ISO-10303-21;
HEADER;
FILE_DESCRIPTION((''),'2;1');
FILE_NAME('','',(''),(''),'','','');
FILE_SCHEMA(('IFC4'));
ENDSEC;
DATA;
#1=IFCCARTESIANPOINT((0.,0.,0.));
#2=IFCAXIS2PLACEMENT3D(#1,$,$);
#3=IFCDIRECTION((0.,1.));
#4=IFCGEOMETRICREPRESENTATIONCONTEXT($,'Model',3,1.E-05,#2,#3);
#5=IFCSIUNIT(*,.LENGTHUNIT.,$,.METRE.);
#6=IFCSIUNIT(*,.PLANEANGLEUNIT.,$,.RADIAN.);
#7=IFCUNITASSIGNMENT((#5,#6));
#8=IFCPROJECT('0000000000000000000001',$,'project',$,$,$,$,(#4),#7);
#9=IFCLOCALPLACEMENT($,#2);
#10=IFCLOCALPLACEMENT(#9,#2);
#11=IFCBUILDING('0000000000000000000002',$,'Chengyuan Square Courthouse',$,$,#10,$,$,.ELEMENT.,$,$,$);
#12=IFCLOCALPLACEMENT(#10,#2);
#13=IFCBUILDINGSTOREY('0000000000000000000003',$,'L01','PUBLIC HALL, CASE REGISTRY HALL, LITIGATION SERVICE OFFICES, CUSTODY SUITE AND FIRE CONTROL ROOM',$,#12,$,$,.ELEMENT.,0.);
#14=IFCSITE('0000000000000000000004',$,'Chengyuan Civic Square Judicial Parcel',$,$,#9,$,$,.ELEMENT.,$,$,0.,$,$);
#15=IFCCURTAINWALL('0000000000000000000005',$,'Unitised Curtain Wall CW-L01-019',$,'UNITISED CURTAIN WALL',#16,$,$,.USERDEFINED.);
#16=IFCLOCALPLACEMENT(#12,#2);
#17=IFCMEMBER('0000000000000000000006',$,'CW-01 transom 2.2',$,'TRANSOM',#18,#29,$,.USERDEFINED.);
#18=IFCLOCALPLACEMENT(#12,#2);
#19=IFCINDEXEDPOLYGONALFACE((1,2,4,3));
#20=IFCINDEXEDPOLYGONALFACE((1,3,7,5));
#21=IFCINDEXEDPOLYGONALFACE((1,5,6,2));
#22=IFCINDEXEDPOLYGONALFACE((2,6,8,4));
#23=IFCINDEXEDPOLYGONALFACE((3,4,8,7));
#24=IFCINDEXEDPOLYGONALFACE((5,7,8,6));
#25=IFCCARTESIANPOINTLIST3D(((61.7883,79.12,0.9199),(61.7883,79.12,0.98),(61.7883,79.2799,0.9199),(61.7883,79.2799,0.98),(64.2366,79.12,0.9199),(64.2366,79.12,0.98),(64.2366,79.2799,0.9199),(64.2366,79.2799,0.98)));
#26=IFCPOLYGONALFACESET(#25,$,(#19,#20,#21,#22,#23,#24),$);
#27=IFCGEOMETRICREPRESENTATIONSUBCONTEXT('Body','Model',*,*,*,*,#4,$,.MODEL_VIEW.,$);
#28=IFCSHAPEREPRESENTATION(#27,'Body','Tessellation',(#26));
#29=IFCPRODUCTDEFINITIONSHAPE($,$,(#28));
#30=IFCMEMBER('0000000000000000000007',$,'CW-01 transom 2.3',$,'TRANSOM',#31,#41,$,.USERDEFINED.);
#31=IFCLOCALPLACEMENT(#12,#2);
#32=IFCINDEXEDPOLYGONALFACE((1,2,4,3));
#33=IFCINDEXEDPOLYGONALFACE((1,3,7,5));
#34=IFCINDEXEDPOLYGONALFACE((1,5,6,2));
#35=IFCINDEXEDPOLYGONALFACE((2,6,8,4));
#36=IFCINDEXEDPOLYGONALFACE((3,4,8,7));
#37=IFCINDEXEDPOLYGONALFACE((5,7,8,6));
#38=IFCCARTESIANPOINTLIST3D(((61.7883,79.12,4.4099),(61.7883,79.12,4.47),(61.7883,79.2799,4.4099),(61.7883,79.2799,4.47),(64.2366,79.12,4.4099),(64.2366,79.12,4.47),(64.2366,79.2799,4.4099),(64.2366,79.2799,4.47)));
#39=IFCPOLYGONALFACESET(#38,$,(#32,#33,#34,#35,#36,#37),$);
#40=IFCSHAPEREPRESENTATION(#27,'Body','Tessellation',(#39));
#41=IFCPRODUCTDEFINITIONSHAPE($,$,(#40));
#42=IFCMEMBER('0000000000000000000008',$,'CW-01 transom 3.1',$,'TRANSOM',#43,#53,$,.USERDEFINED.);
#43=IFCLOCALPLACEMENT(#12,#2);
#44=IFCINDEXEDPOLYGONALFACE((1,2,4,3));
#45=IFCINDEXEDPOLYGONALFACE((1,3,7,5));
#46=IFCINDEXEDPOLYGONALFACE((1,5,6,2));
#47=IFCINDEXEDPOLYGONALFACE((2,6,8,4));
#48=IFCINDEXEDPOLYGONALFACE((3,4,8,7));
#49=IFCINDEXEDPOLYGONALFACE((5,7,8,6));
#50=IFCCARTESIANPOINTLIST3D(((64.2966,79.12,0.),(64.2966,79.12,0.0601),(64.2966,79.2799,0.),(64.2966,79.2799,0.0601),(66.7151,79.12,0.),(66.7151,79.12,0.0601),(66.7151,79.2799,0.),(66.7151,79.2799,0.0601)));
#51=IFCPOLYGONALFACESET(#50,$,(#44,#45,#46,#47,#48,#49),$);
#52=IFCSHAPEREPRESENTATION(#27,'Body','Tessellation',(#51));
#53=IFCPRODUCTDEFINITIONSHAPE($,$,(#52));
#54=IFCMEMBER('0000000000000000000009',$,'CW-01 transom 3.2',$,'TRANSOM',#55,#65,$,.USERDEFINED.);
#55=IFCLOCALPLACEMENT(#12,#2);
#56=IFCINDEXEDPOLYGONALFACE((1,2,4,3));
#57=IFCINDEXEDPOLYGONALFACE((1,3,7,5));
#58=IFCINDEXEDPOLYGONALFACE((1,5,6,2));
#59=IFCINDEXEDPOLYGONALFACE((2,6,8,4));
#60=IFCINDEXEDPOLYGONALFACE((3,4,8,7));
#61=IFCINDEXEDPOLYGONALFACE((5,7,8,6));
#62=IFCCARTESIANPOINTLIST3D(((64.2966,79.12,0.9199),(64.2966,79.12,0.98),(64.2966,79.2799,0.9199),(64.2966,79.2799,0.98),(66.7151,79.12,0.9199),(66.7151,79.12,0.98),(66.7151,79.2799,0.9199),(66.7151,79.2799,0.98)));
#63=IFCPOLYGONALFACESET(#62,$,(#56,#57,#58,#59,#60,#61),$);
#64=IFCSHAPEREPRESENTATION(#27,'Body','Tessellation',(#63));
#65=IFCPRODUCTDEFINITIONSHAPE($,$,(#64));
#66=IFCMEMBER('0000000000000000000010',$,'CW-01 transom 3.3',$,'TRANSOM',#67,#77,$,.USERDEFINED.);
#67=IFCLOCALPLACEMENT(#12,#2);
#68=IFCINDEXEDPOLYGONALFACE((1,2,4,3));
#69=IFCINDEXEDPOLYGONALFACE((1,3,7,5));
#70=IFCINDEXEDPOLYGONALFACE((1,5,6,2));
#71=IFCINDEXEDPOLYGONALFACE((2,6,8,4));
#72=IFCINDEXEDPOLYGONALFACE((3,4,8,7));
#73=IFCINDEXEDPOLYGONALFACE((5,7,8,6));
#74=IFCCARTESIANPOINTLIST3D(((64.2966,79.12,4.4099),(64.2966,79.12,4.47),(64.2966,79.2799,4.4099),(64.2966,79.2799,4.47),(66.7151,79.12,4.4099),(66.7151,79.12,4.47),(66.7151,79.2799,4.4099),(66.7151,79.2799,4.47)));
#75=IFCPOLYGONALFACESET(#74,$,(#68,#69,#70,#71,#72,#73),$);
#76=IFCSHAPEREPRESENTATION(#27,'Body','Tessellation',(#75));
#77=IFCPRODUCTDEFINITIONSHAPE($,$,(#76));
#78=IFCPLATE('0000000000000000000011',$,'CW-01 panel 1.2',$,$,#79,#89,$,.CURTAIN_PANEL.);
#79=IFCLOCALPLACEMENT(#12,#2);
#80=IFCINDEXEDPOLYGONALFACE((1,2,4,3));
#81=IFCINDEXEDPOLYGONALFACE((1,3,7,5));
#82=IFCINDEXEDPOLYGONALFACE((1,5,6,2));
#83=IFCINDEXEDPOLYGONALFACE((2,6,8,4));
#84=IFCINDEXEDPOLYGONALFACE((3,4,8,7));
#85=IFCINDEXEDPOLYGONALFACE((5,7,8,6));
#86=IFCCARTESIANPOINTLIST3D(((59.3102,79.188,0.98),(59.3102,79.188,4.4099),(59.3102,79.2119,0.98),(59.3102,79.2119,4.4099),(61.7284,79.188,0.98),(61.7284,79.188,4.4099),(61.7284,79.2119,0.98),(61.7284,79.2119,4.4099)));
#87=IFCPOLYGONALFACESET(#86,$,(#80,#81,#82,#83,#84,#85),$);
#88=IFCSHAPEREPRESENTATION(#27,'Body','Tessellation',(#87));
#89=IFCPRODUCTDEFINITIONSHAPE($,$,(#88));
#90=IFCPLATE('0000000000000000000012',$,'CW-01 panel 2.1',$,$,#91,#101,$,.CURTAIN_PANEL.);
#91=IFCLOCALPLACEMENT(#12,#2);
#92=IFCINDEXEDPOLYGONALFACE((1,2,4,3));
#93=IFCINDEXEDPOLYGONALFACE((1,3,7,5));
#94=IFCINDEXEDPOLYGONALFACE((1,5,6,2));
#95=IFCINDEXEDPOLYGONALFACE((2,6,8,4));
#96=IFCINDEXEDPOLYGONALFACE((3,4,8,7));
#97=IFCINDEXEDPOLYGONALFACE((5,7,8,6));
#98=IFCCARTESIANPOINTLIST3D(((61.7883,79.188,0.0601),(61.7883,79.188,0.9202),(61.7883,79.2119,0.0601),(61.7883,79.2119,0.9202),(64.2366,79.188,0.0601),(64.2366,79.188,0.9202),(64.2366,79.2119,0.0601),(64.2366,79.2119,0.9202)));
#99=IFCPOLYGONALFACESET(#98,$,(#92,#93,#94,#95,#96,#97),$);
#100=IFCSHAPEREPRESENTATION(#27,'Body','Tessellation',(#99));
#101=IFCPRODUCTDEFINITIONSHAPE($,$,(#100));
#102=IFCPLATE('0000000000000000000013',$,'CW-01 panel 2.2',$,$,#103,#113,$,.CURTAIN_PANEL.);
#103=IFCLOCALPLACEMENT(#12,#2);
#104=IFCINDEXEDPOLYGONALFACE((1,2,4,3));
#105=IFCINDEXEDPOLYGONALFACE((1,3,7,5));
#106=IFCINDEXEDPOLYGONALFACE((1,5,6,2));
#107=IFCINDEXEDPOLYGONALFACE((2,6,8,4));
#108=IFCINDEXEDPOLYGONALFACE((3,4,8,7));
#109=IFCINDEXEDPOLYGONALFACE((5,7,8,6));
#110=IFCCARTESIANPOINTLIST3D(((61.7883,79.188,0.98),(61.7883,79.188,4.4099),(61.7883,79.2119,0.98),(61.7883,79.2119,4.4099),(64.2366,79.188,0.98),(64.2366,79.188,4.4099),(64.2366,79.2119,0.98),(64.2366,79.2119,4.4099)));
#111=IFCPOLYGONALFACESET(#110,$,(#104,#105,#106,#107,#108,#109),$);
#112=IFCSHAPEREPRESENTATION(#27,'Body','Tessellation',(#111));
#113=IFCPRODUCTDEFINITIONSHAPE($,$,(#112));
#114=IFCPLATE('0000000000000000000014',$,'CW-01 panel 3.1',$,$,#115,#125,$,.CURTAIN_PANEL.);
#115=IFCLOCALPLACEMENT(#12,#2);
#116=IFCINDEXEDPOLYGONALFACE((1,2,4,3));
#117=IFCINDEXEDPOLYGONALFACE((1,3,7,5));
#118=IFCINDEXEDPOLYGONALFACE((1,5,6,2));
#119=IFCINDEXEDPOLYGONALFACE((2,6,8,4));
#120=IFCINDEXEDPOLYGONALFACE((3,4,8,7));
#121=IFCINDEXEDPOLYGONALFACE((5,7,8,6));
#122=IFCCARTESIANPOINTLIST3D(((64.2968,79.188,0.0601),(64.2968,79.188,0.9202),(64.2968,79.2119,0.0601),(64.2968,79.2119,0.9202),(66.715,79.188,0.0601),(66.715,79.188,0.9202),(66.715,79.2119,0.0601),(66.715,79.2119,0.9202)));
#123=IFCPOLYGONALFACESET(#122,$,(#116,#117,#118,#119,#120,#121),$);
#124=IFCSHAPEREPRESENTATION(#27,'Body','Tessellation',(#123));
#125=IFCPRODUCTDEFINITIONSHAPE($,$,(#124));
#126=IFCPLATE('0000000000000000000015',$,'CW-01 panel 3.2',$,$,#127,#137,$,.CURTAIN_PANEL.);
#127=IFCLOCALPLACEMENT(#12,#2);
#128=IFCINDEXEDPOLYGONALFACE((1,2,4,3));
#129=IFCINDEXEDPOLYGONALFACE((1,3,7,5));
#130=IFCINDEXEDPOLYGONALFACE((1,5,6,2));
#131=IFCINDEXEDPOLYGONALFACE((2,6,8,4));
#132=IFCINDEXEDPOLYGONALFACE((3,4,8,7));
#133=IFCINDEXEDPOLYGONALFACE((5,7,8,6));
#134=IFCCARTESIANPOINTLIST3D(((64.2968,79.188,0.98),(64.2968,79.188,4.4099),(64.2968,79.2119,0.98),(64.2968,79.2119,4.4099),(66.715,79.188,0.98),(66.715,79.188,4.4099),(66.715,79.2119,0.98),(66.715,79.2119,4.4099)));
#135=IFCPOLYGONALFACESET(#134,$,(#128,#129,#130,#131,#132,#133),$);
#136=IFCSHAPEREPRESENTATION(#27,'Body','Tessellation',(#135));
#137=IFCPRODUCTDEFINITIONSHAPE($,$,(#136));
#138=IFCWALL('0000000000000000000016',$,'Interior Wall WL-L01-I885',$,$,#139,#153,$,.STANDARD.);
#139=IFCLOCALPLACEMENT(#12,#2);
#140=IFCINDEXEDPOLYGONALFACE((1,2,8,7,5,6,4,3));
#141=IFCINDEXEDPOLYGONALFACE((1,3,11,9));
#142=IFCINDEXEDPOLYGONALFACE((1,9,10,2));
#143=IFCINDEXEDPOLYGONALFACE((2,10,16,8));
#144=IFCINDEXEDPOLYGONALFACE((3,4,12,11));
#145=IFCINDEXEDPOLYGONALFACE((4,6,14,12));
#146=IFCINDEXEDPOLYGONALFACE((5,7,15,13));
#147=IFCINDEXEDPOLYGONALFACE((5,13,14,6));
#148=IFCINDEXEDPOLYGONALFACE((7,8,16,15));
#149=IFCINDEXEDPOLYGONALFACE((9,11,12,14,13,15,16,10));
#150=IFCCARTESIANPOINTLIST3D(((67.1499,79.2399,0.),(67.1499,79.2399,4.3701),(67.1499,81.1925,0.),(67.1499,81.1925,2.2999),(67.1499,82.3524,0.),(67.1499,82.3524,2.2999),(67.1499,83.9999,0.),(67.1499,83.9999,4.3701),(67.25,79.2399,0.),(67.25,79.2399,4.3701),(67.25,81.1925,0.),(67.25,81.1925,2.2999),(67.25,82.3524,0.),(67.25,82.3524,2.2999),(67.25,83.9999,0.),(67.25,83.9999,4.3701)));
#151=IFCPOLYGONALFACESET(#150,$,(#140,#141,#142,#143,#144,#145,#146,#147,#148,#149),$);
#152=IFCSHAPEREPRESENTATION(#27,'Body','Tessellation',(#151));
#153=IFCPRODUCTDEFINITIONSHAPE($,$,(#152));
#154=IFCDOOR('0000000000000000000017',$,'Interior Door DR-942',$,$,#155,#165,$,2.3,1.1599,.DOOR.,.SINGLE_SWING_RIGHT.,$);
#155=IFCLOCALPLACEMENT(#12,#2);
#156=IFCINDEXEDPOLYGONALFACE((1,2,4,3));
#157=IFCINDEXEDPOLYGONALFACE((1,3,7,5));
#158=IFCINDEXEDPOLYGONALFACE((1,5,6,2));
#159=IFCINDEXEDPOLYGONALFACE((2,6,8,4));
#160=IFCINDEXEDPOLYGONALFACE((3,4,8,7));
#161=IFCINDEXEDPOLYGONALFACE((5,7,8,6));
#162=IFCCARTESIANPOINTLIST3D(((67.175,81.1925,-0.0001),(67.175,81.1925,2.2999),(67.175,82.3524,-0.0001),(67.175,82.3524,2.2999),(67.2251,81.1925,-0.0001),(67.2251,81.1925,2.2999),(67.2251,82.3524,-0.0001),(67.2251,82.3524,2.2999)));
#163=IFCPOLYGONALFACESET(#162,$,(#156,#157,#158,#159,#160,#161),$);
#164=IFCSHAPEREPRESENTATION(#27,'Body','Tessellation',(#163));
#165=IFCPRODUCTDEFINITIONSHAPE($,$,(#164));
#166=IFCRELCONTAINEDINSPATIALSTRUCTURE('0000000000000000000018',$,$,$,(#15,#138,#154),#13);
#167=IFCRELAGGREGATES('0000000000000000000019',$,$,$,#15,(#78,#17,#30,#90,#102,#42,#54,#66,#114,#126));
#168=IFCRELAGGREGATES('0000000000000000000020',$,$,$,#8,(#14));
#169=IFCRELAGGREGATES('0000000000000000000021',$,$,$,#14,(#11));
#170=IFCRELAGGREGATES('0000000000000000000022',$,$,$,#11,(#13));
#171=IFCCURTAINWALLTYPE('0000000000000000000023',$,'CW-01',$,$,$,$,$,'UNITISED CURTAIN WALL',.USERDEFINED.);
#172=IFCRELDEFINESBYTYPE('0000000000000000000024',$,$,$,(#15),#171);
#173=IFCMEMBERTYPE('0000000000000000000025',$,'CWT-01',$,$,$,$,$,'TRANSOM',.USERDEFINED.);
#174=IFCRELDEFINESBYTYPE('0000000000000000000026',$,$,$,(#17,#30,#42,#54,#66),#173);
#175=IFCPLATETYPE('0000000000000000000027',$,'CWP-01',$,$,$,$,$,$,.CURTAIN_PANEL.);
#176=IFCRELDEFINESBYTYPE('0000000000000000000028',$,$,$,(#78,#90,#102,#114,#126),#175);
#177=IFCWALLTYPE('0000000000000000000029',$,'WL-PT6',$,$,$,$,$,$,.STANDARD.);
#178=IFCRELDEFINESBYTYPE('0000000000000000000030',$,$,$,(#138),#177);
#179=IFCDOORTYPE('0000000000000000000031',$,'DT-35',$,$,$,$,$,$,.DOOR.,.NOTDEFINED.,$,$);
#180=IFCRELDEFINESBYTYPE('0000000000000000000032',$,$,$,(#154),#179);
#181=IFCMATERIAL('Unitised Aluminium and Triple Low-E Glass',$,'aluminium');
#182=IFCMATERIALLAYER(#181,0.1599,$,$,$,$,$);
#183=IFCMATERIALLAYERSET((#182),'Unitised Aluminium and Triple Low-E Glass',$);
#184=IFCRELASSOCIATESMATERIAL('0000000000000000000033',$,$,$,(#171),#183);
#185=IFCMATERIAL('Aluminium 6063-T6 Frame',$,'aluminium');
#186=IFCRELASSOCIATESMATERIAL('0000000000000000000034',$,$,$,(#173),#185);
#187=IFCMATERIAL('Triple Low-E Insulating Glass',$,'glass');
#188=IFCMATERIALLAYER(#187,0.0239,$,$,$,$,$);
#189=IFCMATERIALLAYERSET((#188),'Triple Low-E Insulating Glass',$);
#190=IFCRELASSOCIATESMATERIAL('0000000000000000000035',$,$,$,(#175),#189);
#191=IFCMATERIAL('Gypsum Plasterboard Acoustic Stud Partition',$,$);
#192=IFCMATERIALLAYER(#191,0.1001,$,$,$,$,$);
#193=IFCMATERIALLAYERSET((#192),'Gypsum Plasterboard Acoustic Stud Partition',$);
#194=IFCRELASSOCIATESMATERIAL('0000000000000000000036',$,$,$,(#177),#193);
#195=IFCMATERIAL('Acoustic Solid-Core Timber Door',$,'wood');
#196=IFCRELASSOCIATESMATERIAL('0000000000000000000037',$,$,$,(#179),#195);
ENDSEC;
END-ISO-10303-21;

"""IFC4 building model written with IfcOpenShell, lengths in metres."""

from ifc_helpers import new_model, si_unit, direction, frame, frame_2d, origin, origin_2d, place, context, subcontext, project, spatial, rectangle, extrude, material, layer, layer_set, material_profile, profile_set, type_object, element, fill, aggregate, save


model = new_model("IFC4")

# Units and contexts
model_context = context("Model", 3, precision=1e-05, world=origin(), true_north=direction((0.0, 1.0)))
body_context = subcontext(model_context, "Body", "Model", "MODEL_VIEW")
ifc_project = project(units=[si_unit("LENGTHUNIT", "METRE"), si_unit("PLANEANGLEUNIT", "RADIAN")], contexts=[model_context])

# Site, building, storey
site_placement = place(None, origin())
site = spatial("IfcSite", under=ifc_project, at=site_placement, Name="Chengyuan Civic Square Judicial Parcel", CompositionType="ELEMENT", RefElevation=0.0)
building_placement = place(site_placement, origin())
building = spatial("IfcBuilding", under=site, at=building_placement, Name="Chengyuan Square Courthouse", CompositionType="ELEMENT")
storey_placement = place(building_placement, origin())
storey = spatial("IfcBuildingStorey", under=building, at=storey_placement, Name="L01", Description="PUBLIC HALL, CASE REGISTRY HALL, LITIGATION SERVICE OFFICES, CUSTODY SUITE AND FIRE CONTROL ROOM", CompositionType="ELEMENT", Elevation=0.0)

# Curtain wall, members, plates
ifc_material_1 = material(Name="Unitised Aluminium and Triple Low-E Glass", Category="aluminium")
ifc_layer_1 = layer(ifc_material_1, 0.1599)
ifc_layer_set_1 = layer_set([ifc_layer_1], Name="Unitised Aluminium and Triple Low-E Glass")
curtain_wall_type = type_object("IfcCurtainWallType", Name="CW-01", ElementType="UNITISED CURTAIN WALL", PredefinedType="USERDEFINED", material=ifc_layer_set_1)
curtain_wall_placement = place(storey_placement, origin())
curtain_wall = element("IfcCurtainWall", 1, at=curtain_wall_placement, inside=storey, type_object=curtain_wall_type, Name="Unitised Curtain Wall CW-L01-019", ObjectType="UNITISED CURTAIN WALL", PredefinedType="USERDEFINED")
ifc_material_2 = material(Name="Aluminium 6063-T6 Frame", Category="aluminium")
ifc_material_profile_1 = material_profile(ifc_material_2, rectangle(XDim=0.1599, YDim=0.0601, at=origin_2d()), Name="CW-TRN-60x120")
ifc_profile_set_1 = profile_set([ifc_material_profile_1], Name="Aluminium 6063-T6 Frame")
member_type_1 = type_object("IfcMemberType", Name="CWT-01", ElementType="TRANSOM", PredefinedType="USERDEFINED", material=ifc_profile_set_1)
member_1_placement = place(storey_placement, frame((61.7883, 79.2, 0.95), z_axis=(1.0, 0.0, 0.0), x_axis=(0.0, 1.0, 0.0)))
member_1 = element("IfcMember", 2, at=member_1_placement, type_object=member_type_1, Name="CW-01 transom 2.2", ObjectType="TRANSOM", PredefinedType="USERDEFINED", context=body_context, shape_type="SweptSolid", body=[
    extrude(rectangle(XDim=0.1599, YDim=0.0601, at=origin_2d()), origin(), (0.0, 0.0, 1.0), 2.4482),
])
member_2_placement = place(storey_placement, frame((61.7883, 79.2, 4.4399), z_axis=(1.0, 0.0, 0.0), x_axis=(0.0, 1.0, 0.0)))
member_2 = element("IfcMember", 3, at=member_2_placement, type_object=member_type_1, Name="CW-01 transom 2.3", ObjectType="TRANSOM", PredefinedType="USERDEFINED", context=body_context, shape_type="SweptSolid", body=[
    extrude(rectangle(XDim=0.1599, YDim=0.0601, at=origin_2d()), origin(), (0.0, 0.0, 1.0), 2.4482),
])
member_3_placement = place(storey_placement, frame((64.2966, 79.2, 0.03), z_axis=(1.0, 0.0, 0.0), x_axis=(0.0, 1.0, 0.0)))
member_3 = element("IfcMember", 4, at=member_3_placement, type_object=member_type_1, Name="CW-01 transom 3.1", ObjectType="TRANSOM", PredefinedType="USERDEFINED", context=body_context, shape_type="SweptSolid", body=[
    extrude(rectangle(XDim=0.1599, YDim=0.0601, at=origin_2d()), origin(), (0.0, 0.0, 1.0), 2.4185),
])
member_4_placement = place(storey_placement, frame((64.2966, 79.2, 0.95), z_axis=(1.0, 0.0, 0.0), x_axis=(0.0, 1.0, 0.0)))
member_4 = element("IfcMember", 5, at=member_4_placement, type_object=member_type_1, Name="CW-01 transom 3.2", ObjectType="TRANSOM", PredefinedType="USERDEFINED", context=body_context, shape_type="SweptSolid", body=[
    extrude(rectangle(XDim=0.1599, YDim=0.0601, at=origin_2d()), origin(), (0.0, 0.0, 1.0), 2.4185),
])
member_5_placement = place(storey_placement, frame((64.2966, 79.2, 4.4399), z_axis=(1.0, 0.0, 0.0), x_axis=(0.0, 1.0, 0.0)))
member_5 = element("IfcMember", 6, at=member_5_placement, type_object=member_type_1, Name="CW-01 transom 3.3", ObjectType="TRANSOM", PredefinedType="USERDEFINED", context=body_context, shape_type="SweptSolid", body=[
    extrude(rectangle(XDim=0.1599, YDim=0.0601, at=origin_2d()), origin(), (0.0, 0.0, 1.0), 2.4185),
])
ifc_material_3 = material(Name="Triple Low-E Insulating Glass", Category="glass")
ifc_layer_2 = layer(ifc_material_3, 0.0239)
ifc_layer_set_2 = layer_set([ifc_layer_2], Name="Triple Low-E Insulating Glass")
plate_type = type_object("IfcPlateType", Name="CWP-01", PredefinedType="CURTAIN_PANEL", material=ifc_layer_set_2)
plate_1_placement = place(storey_placement, frame((60.5193, 79.2, 0.98), z_axis=(0.0, 0.0, 1.0), x_axis=(1.0, 0.0, 0.0)))
plate_1 = element("IfcPlate", 7, at=plate_1_placement, type_object=plate_type, Name="CW-01 panel 1.2", PredefinedType="CURTAIN_PANEL", context=body_context, shape_type="SweptSolid", body=[
    extrude(rectangle(XDim=2.4182, YDim=0.0239, at=origin_2d()), origin(), (0.0, 0.0, 1.0), 3.4299),
])
plate_2_placement = place(storey_placement, frame((63.0125, 79.2, 0.0601), z_axis=(0.0, 0.0, 1.0), x_axis=(1.0, 0.0, 0.0)))
plate_2 = element("IfcPlate", 8, at=plate_2_placement, type_object=plate_type, Name="CW-01 panel 2.1", PredefinedType="CURTAIN_PANEL", context=body_context, shape_type="SweptSolid", body=[
    extrude(rectangle(XDim=2.4482, YDim=0.0239, at=origin_2d()), origin(), (0.0, 0.0, 1.0), 0.8601),
])
plate_3_placement = place(storey_placement, frame((63.0125, 79.2, 0.98), z_axis=(0.0, 0.0, 1.0), x_axis=(1.0, 0.0, 0.0)))
plate_3 = element("IfcPlate", 9, at=plate_3_placement, type_object=plate_type, Name="CW-01 panel 2.2", PredefinedType="CURTAIN_PANEL", context=body_context, shape_type="SweptSolid", body=[
    extrude(rectangle(XDim=2.4482, YDim=0.0239, at=origin_2d()), origin(), (0.0, 0.0, 1.0), 3.4299),
])
plate_4_placement = place(storey_placement, frame((65.5059, 79.2, 0.0601), z_axis=(0.0, 0.0, 1.0), x_axis=(1.0, 0.0, 0.0)))
plate_4 = element("IfcPlate", 10, at=plate_4_placement, type_object=plate_type, Name="CW-01 panel 3.1", PredefinedType="CURTAIN_PANEL", context=body_context, shape_type="SweptSolid", body=[
    extrude(rectangle(XDim=2.4182, YDim=0.0239, at=origin_2d()), origin(), (0.0, 0.0, 1.0), 0.8601),
])
plate_5_placement = place(storey_placement, frame((65.5059, 79.2, 0.98), z_axis=(0.0, 0.0, 1.0), x_axis=(1.0, 0.0, 0.0)))
plate_5 = element("IfcPlate", 11, at=plate_5_placement, type_object=plate_type, Name="CW-01 panel 3.2", PredefinedType="CURTAIN_PANEL", context=body_context, shape_type="SweptSolid", body=[
    extrude(rectangle(XDim=2.4182, YDim=0.0239, at=origin_2d()), origin(), (0.0, 0.0, 1.0), 3.4299),
])
aggregate(curtain_wall, [plate_1, member_1, member_2, plate_2, plate_3, member_3, member_4, member_5, plate_4, plate_5])

# Wall, opening, door
ifc_material_4 = material(Name="Gypsum Plasterboard Acoustic Stud Partition")
ifc_layer_3 = layer(ifc_material_4, 0.1001)
ifc_layer_set_3 = layer_set([ifc_layer_3], Name="Gypsum Plasterboard Acoustic Stud Partition")
wall_type = type_object("IfcWallType", Name="WL-PT6", PredefinedType="STANDARD", material=ifc_layer_set_3)
wall_placement = place(storey_placement, frame((67.2, 79.24, 0.0), z_axis=(0.0, 0.0, 1.0), x_axis=(0.0, 1.0, 0.0)))
wall = element("IfcWall", 12, at=wall_placement, inside=storey, type_object=wall_type, Name="Interior Wall WL-L01-I885", PredefinedType="STANDARD", context=body_context, shape_type="SweptSolid", body=[
    extrude(rectangle(XDim=4.76, YDim=0.1001, at=frame_2d((2.3799, 0.0))), origin(), (0.0, 0.0, 1.0), 4.3701),
])
opening_placement = place(wall_placement, frame((1.9524, 0.0, 0.0)))
opening = element("IfcOpeningElement", 13, at=opening_placement, cuts=wall, PredefinedType="OPENING", context=body_context, shape_type="SweptSolid", body=[
    extrude(rectangle(XDim=1.1599, YDim=2.3, at=frame_2d((0.5801, 1.1499))), frame((0.0, 0.062, 0.0), z_axis=(0.0, -1.0, 0.0), x_axis=(1.0, 0.0, 0.0)), (0.0, 0.0, 1.0), 0.124),
])
ifc_material_5 = material(Name="Acoustic Solid-Core Timber Door", Category="wood")
door_type = type_object("IfcDoorType", Name="DT-35", OperationType="NOTDEFINED", PredefinedType="DOOR", material=ifc_material_5)
door_placement = place(opening_placement, origin())
door = element("IfcDoor", 14, at=door_placement, inside=storey, type_object=door_type, Name="Interior Door DR-942", OperationType="SINGLE_SWING_RIGHT", OverallHeight=2.3, OverallWidth=1.1599, PredefinedType="DOOR", context=body_context, shape_type="SweptSolid", body=[
    extrude(rectangle(XDim=1.1599, YDim=2.3, at=frame_2d((0.5801, 1.1499))), frame((0.0, 0.0249, 0.0), z_axis=(0.0, -1.0, 0.0), x_axis=(1.0, 0.0, 0.0)), (0.0, 0.0, 1.0), 0.05),
])
fill(opening, door)

save(model, "model.ifc")
